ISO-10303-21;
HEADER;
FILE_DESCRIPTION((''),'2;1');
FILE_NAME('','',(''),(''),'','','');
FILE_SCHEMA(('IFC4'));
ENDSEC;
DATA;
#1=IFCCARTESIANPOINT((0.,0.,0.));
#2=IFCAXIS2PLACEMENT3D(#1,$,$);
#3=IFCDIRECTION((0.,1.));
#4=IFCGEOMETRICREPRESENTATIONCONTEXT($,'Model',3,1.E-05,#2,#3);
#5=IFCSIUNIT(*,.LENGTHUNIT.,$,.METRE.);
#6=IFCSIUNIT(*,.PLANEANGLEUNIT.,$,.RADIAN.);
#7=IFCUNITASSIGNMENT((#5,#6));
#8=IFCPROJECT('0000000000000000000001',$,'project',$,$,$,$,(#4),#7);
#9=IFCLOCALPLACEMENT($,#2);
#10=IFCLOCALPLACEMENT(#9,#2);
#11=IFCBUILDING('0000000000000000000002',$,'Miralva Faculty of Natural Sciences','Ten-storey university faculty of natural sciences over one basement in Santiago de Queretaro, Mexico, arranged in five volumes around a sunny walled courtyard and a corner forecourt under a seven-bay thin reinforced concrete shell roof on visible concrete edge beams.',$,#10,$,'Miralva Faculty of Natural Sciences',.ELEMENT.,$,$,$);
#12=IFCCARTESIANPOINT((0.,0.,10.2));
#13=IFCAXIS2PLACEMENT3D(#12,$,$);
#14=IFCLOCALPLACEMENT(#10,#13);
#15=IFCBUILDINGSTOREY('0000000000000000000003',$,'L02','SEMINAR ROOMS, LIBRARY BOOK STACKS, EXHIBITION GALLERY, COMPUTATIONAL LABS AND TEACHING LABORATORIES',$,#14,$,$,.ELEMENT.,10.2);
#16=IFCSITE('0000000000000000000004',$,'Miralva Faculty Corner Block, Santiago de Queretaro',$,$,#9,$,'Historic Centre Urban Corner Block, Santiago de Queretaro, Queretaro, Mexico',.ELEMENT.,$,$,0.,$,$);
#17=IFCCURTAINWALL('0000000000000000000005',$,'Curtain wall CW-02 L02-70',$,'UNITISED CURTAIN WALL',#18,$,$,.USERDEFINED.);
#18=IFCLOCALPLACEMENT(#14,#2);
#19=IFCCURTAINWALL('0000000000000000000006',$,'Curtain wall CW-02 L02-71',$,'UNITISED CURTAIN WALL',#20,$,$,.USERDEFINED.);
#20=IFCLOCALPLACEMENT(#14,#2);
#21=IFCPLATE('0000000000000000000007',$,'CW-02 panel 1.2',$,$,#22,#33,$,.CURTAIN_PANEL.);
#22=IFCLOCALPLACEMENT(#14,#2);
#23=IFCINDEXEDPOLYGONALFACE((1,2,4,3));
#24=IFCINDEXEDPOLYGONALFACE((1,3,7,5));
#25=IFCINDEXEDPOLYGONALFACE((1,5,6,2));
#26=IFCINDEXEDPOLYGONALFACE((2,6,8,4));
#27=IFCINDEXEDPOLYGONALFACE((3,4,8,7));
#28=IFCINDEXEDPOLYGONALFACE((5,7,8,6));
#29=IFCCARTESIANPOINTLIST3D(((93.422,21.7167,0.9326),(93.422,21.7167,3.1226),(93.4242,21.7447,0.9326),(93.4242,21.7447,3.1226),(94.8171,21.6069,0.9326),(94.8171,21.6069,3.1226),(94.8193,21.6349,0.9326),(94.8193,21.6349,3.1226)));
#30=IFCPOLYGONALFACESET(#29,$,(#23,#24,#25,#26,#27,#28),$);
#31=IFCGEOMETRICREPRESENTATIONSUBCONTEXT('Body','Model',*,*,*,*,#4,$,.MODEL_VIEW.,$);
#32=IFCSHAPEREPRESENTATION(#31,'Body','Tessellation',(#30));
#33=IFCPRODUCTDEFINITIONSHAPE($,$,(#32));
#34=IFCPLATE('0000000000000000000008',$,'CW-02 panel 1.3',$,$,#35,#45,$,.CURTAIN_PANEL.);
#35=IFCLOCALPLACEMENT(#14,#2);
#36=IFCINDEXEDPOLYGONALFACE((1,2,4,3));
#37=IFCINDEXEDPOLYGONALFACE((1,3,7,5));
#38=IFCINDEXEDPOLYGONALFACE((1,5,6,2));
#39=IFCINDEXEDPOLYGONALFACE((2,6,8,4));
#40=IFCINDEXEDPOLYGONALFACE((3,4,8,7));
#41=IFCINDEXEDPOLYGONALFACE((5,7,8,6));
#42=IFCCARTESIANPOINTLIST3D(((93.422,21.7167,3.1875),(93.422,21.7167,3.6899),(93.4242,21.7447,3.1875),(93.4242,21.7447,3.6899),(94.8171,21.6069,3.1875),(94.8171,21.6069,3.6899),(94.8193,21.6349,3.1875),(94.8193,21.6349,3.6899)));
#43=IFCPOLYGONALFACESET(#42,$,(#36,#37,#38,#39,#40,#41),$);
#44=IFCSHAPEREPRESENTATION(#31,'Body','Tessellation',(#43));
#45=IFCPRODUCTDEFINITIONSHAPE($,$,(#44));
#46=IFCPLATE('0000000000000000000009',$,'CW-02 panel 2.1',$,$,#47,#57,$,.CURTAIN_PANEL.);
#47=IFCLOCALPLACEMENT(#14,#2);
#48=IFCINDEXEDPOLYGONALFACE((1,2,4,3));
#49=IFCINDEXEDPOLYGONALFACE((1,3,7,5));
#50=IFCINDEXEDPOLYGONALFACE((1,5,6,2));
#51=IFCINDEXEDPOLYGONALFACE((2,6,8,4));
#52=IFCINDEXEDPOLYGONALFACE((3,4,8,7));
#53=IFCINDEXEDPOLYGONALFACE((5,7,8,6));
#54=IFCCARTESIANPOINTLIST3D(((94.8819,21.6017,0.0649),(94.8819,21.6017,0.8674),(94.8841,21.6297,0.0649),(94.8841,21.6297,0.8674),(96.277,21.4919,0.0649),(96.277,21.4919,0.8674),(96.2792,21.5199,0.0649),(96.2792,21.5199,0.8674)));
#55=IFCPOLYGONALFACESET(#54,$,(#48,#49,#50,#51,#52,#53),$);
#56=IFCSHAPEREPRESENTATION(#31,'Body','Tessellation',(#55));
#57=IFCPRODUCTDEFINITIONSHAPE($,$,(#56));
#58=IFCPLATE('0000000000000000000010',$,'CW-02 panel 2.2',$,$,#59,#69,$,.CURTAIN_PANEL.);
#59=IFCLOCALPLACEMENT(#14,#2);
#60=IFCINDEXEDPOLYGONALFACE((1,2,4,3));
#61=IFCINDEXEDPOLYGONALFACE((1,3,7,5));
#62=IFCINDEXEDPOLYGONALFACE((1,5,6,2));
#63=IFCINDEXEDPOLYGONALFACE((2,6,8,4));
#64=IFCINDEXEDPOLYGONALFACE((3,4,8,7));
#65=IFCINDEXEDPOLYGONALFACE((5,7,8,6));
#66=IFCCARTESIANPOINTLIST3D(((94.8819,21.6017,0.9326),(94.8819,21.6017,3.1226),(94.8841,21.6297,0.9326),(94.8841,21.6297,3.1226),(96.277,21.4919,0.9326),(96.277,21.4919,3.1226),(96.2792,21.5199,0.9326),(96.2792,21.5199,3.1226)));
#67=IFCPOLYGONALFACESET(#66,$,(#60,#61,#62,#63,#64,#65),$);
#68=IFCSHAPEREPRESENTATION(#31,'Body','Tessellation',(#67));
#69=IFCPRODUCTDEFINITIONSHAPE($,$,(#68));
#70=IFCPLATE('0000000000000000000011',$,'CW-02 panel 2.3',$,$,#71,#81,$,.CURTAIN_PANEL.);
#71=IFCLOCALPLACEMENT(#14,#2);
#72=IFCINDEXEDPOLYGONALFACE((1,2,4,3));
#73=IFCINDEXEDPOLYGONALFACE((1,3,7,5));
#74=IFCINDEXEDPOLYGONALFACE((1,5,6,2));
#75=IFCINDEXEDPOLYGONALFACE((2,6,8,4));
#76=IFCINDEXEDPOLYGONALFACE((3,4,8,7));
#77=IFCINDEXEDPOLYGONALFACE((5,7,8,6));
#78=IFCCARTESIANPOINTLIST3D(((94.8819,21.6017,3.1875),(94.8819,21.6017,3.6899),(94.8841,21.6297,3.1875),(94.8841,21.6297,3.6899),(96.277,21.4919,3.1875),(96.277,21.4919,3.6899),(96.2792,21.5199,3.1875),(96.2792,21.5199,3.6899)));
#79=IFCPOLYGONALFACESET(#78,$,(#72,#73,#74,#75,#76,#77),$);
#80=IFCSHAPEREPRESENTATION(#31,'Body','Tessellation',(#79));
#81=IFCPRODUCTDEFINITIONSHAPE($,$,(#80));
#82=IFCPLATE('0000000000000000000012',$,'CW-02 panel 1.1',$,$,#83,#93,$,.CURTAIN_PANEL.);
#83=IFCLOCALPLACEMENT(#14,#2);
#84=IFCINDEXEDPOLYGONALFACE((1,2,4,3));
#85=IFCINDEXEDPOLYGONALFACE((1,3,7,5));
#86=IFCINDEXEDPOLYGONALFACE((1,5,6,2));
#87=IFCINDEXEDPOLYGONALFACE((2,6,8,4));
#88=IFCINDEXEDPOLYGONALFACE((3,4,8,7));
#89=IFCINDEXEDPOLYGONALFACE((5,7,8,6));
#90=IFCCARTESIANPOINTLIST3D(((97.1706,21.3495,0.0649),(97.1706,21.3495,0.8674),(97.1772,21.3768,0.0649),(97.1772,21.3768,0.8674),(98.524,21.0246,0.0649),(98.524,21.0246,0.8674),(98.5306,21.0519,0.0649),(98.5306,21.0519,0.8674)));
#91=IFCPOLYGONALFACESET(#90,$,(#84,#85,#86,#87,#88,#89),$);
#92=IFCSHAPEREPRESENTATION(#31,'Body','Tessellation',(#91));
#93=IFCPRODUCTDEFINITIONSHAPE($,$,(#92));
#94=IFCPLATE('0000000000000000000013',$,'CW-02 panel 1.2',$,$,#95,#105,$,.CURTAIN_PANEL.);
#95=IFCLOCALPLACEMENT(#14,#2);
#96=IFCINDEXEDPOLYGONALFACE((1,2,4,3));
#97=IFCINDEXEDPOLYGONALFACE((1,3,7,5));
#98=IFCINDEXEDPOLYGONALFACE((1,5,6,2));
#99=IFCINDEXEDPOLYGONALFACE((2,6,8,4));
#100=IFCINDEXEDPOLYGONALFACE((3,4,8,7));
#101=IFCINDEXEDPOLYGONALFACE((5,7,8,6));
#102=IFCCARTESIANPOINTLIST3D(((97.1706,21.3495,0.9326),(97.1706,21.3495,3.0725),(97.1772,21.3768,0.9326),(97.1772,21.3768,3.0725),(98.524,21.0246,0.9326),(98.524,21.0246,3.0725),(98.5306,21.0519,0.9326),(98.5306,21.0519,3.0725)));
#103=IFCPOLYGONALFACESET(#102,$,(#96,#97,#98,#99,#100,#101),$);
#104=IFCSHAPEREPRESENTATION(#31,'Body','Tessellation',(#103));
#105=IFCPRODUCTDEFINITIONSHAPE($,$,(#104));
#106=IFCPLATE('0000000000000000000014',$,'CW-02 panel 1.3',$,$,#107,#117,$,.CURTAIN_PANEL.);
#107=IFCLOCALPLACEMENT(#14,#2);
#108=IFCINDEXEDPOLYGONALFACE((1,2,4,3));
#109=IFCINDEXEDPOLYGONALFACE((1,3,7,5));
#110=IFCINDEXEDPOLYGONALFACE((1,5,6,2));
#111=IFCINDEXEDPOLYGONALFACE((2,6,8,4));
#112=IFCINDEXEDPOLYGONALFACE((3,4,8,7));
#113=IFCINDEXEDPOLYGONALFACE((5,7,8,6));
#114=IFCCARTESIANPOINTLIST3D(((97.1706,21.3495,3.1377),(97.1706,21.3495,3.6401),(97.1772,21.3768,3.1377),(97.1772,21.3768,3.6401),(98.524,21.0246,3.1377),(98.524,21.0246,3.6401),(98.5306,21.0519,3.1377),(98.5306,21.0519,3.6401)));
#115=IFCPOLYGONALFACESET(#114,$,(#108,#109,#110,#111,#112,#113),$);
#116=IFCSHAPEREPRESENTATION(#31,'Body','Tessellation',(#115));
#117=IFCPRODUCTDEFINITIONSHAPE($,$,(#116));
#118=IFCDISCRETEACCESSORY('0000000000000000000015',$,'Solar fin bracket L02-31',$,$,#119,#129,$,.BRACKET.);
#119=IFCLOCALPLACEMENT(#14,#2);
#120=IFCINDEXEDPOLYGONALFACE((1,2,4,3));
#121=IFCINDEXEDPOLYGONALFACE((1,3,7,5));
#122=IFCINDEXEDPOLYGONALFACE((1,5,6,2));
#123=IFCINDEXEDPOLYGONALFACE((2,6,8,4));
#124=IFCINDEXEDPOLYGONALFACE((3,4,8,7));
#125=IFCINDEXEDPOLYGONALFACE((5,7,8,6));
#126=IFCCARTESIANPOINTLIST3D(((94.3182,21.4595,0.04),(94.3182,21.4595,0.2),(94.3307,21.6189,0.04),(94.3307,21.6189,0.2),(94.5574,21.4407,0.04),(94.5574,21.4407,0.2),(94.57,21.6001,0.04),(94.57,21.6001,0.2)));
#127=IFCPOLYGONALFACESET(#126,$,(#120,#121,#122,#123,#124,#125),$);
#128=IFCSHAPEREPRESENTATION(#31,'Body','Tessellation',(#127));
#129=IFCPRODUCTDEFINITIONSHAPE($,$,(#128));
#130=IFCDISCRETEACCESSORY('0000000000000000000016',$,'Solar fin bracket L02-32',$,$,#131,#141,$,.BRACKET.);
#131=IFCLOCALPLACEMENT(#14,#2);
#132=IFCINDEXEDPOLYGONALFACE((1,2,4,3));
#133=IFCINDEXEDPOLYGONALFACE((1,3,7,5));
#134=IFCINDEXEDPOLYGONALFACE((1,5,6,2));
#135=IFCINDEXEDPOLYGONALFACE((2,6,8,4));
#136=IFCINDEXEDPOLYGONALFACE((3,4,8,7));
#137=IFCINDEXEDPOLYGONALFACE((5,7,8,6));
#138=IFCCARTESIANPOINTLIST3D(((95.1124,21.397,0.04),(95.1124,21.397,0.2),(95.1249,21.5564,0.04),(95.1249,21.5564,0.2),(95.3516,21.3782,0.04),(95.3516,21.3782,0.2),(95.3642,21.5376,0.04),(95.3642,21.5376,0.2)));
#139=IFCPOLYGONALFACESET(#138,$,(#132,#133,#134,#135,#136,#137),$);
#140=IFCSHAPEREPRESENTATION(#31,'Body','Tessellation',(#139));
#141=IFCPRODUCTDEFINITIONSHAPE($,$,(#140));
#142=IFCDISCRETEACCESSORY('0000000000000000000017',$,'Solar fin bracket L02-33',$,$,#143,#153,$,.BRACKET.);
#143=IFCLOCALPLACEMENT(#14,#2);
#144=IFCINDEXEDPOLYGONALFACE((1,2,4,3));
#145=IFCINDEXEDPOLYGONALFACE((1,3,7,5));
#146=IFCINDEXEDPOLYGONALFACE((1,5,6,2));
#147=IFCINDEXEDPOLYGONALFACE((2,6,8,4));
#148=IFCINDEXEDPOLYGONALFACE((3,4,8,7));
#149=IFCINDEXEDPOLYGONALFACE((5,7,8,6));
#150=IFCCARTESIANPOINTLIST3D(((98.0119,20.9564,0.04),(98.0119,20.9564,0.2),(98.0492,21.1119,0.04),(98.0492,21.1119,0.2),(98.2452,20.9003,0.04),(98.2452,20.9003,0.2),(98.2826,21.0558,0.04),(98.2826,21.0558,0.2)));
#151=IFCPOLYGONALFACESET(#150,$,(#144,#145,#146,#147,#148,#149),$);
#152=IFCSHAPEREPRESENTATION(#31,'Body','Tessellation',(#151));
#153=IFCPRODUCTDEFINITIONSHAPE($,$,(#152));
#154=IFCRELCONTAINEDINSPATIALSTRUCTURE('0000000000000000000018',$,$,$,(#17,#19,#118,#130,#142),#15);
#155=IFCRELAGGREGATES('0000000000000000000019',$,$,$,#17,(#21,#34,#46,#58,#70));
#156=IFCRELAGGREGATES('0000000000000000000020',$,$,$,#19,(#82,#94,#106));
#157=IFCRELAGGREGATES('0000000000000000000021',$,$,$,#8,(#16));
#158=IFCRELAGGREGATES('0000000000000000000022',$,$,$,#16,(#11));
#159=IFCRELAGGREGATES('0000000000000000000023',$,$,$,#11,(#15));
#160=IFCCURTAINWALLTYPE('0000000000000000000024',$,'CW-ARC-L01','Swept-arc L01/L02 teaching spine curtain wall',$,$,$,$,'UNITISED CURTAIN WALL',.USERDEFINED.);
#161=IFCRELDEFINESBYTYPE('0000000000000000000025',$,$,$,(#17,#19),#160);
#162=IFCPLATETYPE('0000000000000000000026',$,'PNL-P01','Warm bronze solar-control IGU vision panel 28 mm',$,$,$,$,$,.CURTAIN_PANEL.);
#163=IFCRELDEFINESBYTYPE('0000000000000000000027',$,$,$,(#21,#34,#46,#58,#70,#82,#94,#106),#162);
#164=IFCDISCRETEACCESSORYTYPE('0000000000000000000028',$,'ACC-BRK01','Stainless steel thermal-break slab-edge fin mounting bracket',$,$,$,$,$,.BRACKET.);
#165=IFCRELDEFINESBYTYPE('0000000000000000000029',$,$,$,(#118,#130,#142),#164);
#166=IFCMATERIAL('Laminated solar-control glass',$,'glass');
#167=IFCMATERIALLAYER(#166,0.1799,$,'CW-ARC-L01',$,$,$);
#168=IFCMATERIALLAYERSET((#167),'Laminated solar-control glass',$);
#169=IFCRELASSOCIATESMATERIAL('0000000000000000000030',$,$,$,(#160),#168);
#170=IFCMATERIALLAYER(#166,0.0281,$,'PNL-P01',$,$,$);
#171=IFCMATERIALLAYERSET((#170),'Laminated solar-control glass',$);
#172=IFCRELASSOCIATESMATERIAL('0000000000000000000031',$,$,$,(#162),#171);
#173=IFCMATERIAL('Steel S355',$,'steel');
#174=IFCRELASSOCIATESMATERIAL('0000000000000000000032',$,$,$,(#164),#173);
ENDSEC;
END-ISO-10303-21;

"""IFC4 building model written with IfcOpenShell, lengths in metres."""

from ifc_helpers import new_model, si_unit, direction, frame, origin, origin_2d, place, context, subcontext, project, spatial, rectangle, extrude, material, layer, layer_set, type_object, element, aggregate, save


model = new_model("IFC4")

# Units and contexts
model_context = context("Model", 3, precision=1e-05, world=origin(), true_north=direction((0.0, 1.0)))
body_context = subcontext(model_context, "Body", "Model", "MODEL_VIEW")
ifc_project = project(units=[si_unit("LENGTHUNIT", "METRE"), si_unit("PLANEANGLEUNIT", "RADIAN")], contexts=[model_context])

# Site, building, storey
site_placement = place(None, origin())
site = spatial("IfcSite", under=ifc_project, at=site_placement, Name="Miralva Faculty Corner Block, Santiago de Queretaro", LongName="Historic Centre Urban Corner Block, Santiago de Queretaro, Queretaro, Mexico", CompositionType="ELEMENT", RefElevation=0.0)
building_placement = place(site_placement, origin())
building = spatial("IfcBuilding", under=site, at=building_placement, Name="Miralva Faculty of Natural Sciences", Description="Ten-storey university faculty of natural sciences over one basement in Santiago de Queretaro, Mexico, arranged in five volumes around a sunny walled courtyard and a corner forecourt under a seven-bay thin reinforced concrete shell roof on visible concrete edge beams.", LongName="Miralva Faculty of Natural Sciences", CompositionType="ELEMENT")
storey_placement = place(building_placement, frame((0.0, 0.0, 10.2)))
storey = spatial("IfcBuildingStorey", under=building, at=storey_placement, Name="L02", Description="SEMINAR ROOMS, LIBRARY BOOK STACKS, EXHIBITION GALLERY, COMPUTATIONAL LABS AND TEACHING LABORATORIES", CompositionType="ELEMENT", Elevation=10.2)

# Shared definitions
ifc_material_1 = material(Name="Laminated solar-control glass", Category="glass")
ifc_layer_1 = layer(ifc_material_1, 0.1799, Name="CW-ARC-L01")
ifc_layer_set_1 = layer_set([ifc_layer_1], Name="Laminated solar-control glass")
curtain_wall_type = type_object("IfcCurtainWallType", Name="CW-ARC-L01", Description="Swept-arc L01/L02 teaching spine curtain wall", ElementType="UNITISED CURTAIN WALL", PredefinedType="USERDEFINED", material=ifc_layer_set_1)

# Curtain wall
curtain_wall_1_placement = place(storey_placement, origin())
curtain_wall_1 = element("IfcCurtainWall", 1, at=curtain_wall_1_placement, inside=storey, type_object=curtain_wall_type, Name="Curtain wall CW-02 L02-70", ObjectType="UNITISED CURTAIN WALL", PredefinedType="USERDEFINED")

# Curtain wall
curtain_wall_2_placement = place(storey_placement, origin())
curtain_wall_2 = element("IfcCurtainWall", 2, at=curtain_wall_2_placement, inside=storey, type_object=curtain_wall_type, Name="Curtain wall CW-02 L02-71", ObjectType="UNITISED CURTAIN WALL", PredefinedType="USERDEFINED")

# Plates
ifc_layer_2 = layer(ifc_material_1, 0.0281, Name="PNL-P01")
ifc_layer_set_2 = layer_set([ifc_layer_2], Name="Laminated solar-control glass")
plate_type = type_object("IfcPlateType", Name="PNL-P01", Description="Warm bronze solar-control IGU vision panel 28 mm", PredefinedType="CURTAIN_PANEL", material=ifc_layer_set_2)
plate_1_placement = place(storey_placement, frame((94.1206, 21.6758, 0.9326), z_axis=(0.0, 0.0, 1.0), x_axis=(0.996917, -0.078461, 0.0)))
plate_1 = element("IfcPlate", 3, at=plate_1_placement, type_object=plate_type, Name="CW-02 panel 1.2", PredefinedType="CURTAIN_PANEL", context=body_context, shape_type="SweptSolid", body=[
    extrude(rectangle(XDim=1.3994, YDim=0.0281, at=origin_2d()), origin(), (0.0, 0.0, 1.0), 2.1899),
])
plate_2_placement = place(storey_placement, frame((94.1206, 21.6758, 3.1875), z_axis=(0.0, 0.0, 1.0), x_axis=(0.996917, -0.078461, 0.0)))
plate_2 = element("IfcPlate", 4, at=plate_2_placement, type_object=plate_type, Name="CW-02 panel 1.3", PredefinedType="CURTAIN_PANEL", context=body_context, shape_type="SweptSolid", body=[
    extrude(rectangle(XDim=1.3994, YDim=0.0281, at=origin_2d()), origin(), (0.0, 0.0, 1.0), 0.5024),
])
plate_3_placement = place(storey_placement, frame((95.5806, 21.5608, 0.0649), z_axis=(0.0, 0.0, 1.0), x_axis=(0.996917, -0.078461, 0.0)))
plate_3 = element("IfcPlate", 5, at=plate_3_placement, type_object=plate_type, Name="CW-02 panel 2.1", PredefinedType="CURTAIN_PANEL", context=body_context, shape_type="SweptSolid", body=[
    extrude(rectangle(XDim=1.3994, YDim=0.0281, at=origin_2d()), origin(), (0.0, 0.0, 1.0), 0.8025),
])
plate_4_placement = place(storey_placement, frame((95.5806, 21.5608, 0.9326), z_axis=(0.0, 0.0, 1.0), x_axis=(0.996917, -0.078461, 0.0)))
plate_4 = element("IfcPlate", 6, at=plate_4_placement, type_object=plate_type, Name="CW-02 panel 2.2", PredefinedType="CURTAIN_PANEL", context=body_context, shape_type="SweptSolid", body=[
    extrude(rectangle(XDim=1.3994, YDim=0.0281, at=origin_2d()), origin(), (0.0, 0.0, 1.0), 2.1899),
])
plate_5_placement = place(storey_placement, frame((95.5806, 21.5608, 3.1875), z_axis=(0.0, 0.0, 1.0), x_axis=(0.996917, -0.078461, 0.0)))
plate_5 = element("IfcPlate", 7, at=plate_5_placement, type_object=plate_type, Name="CW-02 panel 2.3", PredefinedType="CURTAIN_PANEL", context=body_context, shape_type="SweptSolid", body=[
    extrude(rectangle(XDim=1.3994, YDim=0.0281, at=origin_2d()), origin(), (0.0, 0.0, 1.0), 0.5024),
])
aggregate(curtain_wall_1, [plate_1, plate_2, plate_3, plate_4, plate_5])
plate_6_placement = place(storey_placement, frame((97.8506, 21.2007, 0.0649), z_axis=(0.0, 0.0, 1.0), x_axis=(0.972367, -0.233457, 0.0)))
plate_6 = element("IfcPlate", 8, at=plate_6_placement, type_object=plate_type, Name="CW-02 panel 1.1", PredefinedType="CURTAIN_PANEL", context=body_context, shape_type="SweptSolid", body=[
    extrude(rectangle(XDim=1.3918, YDim=0.0281, at=origin_2d()), origin(), (0.0, 0.0, 1.0), 0.8025),
])
plate_7_placement = place(storey_placement, frame((97.8506, 21.2007, 0.9326), z_axis=(0.0, 0.0, 1.0), x_axis=(0.972367, -0.233457, 0.0)))
plate_7 = element("IfcPlate", 9, at=plate_7_placement, type_object=plate_type, Name="CW-02 panel 1.2", PredefinedType="CURTAIN_PANEL", context=body_context, shape_type="SweptSolid", body=[
    extrude(rectangle(XDim=1.3918, YDim=0.0281, at=origin_2d()), origin(), (0.0, 0.0, 1.0), 2.1399),
])
plate_8_placement = place(storey_placement, frame((97.8506, 21.2007, 3.1377), z_axis=(0.0, 0.0, 1.0), x_axis=(0.972367, -0.233457, 0.0)))
plate_8 = element("IfcPlate", 10, at=plate_8_placement, type_object=plate_type, Name="CW-02 panel 1.3", PredefinedType="CURTAIN_PANEL", context=body_context, shape_type="SweptSolid", body=[
    extrude(rectangle(XDim=1.3918, YDim=0.0281, at=origin_2d()), origin(), (0.0, 0.0, 1.0), 0.5024),
])
aggregate(curtain_wall_2, [plate_6, plate_7, plate_8])

# Discrete accessories
ifc_material_2 = material(Name="Steel S355", Category="steel")
discrete_accessory_type = type_object("IfcDiscreteAccessoryType", Name="ACC-BRK01", Description="Stainless steel thermal-break slab-edge fin mounting bracket", PredefinedType="BRACKET", material=ifc_material_2)
for number, where, z_axis, x_axis, name in (
    (11, (94.4441, 21.5298, 0.04), (0.0, 0.0, 1.0), (-0.078459, -0.996917, 0.0), "Solar fin bracket L02-31"),
    (12, (95.2383, 21.4673, 0.04), (0.0, 0.0, 1.0), (-0.078459, -0.996917, 0.0), "Solar fin bracket L02-32"),
    (13, (98.1472, 21.0061, 0.04), (0.0, 0.0, 1.0), (-0.233445, -0.97237, 0.0), "Solar fin bracket L02-33"),
):
    element("IfcDiscreteAccessory", number, at=place(storey_placement, frame(where, z_axis=z_axis, x_axis=x_axis)), inside=storey, type_object=discrete_accessory_type, Name=name, PredefinedType="BRACKET", context=body_context, shape_type="SweptSolid", body=[
        extrude(rectangle(XDim=0.1599, YDim=0.24, at=origin_2d()), origin(), (0.0, 0.0, 1.0), 0.1599),
    ])

save(model, "model.ifc")
